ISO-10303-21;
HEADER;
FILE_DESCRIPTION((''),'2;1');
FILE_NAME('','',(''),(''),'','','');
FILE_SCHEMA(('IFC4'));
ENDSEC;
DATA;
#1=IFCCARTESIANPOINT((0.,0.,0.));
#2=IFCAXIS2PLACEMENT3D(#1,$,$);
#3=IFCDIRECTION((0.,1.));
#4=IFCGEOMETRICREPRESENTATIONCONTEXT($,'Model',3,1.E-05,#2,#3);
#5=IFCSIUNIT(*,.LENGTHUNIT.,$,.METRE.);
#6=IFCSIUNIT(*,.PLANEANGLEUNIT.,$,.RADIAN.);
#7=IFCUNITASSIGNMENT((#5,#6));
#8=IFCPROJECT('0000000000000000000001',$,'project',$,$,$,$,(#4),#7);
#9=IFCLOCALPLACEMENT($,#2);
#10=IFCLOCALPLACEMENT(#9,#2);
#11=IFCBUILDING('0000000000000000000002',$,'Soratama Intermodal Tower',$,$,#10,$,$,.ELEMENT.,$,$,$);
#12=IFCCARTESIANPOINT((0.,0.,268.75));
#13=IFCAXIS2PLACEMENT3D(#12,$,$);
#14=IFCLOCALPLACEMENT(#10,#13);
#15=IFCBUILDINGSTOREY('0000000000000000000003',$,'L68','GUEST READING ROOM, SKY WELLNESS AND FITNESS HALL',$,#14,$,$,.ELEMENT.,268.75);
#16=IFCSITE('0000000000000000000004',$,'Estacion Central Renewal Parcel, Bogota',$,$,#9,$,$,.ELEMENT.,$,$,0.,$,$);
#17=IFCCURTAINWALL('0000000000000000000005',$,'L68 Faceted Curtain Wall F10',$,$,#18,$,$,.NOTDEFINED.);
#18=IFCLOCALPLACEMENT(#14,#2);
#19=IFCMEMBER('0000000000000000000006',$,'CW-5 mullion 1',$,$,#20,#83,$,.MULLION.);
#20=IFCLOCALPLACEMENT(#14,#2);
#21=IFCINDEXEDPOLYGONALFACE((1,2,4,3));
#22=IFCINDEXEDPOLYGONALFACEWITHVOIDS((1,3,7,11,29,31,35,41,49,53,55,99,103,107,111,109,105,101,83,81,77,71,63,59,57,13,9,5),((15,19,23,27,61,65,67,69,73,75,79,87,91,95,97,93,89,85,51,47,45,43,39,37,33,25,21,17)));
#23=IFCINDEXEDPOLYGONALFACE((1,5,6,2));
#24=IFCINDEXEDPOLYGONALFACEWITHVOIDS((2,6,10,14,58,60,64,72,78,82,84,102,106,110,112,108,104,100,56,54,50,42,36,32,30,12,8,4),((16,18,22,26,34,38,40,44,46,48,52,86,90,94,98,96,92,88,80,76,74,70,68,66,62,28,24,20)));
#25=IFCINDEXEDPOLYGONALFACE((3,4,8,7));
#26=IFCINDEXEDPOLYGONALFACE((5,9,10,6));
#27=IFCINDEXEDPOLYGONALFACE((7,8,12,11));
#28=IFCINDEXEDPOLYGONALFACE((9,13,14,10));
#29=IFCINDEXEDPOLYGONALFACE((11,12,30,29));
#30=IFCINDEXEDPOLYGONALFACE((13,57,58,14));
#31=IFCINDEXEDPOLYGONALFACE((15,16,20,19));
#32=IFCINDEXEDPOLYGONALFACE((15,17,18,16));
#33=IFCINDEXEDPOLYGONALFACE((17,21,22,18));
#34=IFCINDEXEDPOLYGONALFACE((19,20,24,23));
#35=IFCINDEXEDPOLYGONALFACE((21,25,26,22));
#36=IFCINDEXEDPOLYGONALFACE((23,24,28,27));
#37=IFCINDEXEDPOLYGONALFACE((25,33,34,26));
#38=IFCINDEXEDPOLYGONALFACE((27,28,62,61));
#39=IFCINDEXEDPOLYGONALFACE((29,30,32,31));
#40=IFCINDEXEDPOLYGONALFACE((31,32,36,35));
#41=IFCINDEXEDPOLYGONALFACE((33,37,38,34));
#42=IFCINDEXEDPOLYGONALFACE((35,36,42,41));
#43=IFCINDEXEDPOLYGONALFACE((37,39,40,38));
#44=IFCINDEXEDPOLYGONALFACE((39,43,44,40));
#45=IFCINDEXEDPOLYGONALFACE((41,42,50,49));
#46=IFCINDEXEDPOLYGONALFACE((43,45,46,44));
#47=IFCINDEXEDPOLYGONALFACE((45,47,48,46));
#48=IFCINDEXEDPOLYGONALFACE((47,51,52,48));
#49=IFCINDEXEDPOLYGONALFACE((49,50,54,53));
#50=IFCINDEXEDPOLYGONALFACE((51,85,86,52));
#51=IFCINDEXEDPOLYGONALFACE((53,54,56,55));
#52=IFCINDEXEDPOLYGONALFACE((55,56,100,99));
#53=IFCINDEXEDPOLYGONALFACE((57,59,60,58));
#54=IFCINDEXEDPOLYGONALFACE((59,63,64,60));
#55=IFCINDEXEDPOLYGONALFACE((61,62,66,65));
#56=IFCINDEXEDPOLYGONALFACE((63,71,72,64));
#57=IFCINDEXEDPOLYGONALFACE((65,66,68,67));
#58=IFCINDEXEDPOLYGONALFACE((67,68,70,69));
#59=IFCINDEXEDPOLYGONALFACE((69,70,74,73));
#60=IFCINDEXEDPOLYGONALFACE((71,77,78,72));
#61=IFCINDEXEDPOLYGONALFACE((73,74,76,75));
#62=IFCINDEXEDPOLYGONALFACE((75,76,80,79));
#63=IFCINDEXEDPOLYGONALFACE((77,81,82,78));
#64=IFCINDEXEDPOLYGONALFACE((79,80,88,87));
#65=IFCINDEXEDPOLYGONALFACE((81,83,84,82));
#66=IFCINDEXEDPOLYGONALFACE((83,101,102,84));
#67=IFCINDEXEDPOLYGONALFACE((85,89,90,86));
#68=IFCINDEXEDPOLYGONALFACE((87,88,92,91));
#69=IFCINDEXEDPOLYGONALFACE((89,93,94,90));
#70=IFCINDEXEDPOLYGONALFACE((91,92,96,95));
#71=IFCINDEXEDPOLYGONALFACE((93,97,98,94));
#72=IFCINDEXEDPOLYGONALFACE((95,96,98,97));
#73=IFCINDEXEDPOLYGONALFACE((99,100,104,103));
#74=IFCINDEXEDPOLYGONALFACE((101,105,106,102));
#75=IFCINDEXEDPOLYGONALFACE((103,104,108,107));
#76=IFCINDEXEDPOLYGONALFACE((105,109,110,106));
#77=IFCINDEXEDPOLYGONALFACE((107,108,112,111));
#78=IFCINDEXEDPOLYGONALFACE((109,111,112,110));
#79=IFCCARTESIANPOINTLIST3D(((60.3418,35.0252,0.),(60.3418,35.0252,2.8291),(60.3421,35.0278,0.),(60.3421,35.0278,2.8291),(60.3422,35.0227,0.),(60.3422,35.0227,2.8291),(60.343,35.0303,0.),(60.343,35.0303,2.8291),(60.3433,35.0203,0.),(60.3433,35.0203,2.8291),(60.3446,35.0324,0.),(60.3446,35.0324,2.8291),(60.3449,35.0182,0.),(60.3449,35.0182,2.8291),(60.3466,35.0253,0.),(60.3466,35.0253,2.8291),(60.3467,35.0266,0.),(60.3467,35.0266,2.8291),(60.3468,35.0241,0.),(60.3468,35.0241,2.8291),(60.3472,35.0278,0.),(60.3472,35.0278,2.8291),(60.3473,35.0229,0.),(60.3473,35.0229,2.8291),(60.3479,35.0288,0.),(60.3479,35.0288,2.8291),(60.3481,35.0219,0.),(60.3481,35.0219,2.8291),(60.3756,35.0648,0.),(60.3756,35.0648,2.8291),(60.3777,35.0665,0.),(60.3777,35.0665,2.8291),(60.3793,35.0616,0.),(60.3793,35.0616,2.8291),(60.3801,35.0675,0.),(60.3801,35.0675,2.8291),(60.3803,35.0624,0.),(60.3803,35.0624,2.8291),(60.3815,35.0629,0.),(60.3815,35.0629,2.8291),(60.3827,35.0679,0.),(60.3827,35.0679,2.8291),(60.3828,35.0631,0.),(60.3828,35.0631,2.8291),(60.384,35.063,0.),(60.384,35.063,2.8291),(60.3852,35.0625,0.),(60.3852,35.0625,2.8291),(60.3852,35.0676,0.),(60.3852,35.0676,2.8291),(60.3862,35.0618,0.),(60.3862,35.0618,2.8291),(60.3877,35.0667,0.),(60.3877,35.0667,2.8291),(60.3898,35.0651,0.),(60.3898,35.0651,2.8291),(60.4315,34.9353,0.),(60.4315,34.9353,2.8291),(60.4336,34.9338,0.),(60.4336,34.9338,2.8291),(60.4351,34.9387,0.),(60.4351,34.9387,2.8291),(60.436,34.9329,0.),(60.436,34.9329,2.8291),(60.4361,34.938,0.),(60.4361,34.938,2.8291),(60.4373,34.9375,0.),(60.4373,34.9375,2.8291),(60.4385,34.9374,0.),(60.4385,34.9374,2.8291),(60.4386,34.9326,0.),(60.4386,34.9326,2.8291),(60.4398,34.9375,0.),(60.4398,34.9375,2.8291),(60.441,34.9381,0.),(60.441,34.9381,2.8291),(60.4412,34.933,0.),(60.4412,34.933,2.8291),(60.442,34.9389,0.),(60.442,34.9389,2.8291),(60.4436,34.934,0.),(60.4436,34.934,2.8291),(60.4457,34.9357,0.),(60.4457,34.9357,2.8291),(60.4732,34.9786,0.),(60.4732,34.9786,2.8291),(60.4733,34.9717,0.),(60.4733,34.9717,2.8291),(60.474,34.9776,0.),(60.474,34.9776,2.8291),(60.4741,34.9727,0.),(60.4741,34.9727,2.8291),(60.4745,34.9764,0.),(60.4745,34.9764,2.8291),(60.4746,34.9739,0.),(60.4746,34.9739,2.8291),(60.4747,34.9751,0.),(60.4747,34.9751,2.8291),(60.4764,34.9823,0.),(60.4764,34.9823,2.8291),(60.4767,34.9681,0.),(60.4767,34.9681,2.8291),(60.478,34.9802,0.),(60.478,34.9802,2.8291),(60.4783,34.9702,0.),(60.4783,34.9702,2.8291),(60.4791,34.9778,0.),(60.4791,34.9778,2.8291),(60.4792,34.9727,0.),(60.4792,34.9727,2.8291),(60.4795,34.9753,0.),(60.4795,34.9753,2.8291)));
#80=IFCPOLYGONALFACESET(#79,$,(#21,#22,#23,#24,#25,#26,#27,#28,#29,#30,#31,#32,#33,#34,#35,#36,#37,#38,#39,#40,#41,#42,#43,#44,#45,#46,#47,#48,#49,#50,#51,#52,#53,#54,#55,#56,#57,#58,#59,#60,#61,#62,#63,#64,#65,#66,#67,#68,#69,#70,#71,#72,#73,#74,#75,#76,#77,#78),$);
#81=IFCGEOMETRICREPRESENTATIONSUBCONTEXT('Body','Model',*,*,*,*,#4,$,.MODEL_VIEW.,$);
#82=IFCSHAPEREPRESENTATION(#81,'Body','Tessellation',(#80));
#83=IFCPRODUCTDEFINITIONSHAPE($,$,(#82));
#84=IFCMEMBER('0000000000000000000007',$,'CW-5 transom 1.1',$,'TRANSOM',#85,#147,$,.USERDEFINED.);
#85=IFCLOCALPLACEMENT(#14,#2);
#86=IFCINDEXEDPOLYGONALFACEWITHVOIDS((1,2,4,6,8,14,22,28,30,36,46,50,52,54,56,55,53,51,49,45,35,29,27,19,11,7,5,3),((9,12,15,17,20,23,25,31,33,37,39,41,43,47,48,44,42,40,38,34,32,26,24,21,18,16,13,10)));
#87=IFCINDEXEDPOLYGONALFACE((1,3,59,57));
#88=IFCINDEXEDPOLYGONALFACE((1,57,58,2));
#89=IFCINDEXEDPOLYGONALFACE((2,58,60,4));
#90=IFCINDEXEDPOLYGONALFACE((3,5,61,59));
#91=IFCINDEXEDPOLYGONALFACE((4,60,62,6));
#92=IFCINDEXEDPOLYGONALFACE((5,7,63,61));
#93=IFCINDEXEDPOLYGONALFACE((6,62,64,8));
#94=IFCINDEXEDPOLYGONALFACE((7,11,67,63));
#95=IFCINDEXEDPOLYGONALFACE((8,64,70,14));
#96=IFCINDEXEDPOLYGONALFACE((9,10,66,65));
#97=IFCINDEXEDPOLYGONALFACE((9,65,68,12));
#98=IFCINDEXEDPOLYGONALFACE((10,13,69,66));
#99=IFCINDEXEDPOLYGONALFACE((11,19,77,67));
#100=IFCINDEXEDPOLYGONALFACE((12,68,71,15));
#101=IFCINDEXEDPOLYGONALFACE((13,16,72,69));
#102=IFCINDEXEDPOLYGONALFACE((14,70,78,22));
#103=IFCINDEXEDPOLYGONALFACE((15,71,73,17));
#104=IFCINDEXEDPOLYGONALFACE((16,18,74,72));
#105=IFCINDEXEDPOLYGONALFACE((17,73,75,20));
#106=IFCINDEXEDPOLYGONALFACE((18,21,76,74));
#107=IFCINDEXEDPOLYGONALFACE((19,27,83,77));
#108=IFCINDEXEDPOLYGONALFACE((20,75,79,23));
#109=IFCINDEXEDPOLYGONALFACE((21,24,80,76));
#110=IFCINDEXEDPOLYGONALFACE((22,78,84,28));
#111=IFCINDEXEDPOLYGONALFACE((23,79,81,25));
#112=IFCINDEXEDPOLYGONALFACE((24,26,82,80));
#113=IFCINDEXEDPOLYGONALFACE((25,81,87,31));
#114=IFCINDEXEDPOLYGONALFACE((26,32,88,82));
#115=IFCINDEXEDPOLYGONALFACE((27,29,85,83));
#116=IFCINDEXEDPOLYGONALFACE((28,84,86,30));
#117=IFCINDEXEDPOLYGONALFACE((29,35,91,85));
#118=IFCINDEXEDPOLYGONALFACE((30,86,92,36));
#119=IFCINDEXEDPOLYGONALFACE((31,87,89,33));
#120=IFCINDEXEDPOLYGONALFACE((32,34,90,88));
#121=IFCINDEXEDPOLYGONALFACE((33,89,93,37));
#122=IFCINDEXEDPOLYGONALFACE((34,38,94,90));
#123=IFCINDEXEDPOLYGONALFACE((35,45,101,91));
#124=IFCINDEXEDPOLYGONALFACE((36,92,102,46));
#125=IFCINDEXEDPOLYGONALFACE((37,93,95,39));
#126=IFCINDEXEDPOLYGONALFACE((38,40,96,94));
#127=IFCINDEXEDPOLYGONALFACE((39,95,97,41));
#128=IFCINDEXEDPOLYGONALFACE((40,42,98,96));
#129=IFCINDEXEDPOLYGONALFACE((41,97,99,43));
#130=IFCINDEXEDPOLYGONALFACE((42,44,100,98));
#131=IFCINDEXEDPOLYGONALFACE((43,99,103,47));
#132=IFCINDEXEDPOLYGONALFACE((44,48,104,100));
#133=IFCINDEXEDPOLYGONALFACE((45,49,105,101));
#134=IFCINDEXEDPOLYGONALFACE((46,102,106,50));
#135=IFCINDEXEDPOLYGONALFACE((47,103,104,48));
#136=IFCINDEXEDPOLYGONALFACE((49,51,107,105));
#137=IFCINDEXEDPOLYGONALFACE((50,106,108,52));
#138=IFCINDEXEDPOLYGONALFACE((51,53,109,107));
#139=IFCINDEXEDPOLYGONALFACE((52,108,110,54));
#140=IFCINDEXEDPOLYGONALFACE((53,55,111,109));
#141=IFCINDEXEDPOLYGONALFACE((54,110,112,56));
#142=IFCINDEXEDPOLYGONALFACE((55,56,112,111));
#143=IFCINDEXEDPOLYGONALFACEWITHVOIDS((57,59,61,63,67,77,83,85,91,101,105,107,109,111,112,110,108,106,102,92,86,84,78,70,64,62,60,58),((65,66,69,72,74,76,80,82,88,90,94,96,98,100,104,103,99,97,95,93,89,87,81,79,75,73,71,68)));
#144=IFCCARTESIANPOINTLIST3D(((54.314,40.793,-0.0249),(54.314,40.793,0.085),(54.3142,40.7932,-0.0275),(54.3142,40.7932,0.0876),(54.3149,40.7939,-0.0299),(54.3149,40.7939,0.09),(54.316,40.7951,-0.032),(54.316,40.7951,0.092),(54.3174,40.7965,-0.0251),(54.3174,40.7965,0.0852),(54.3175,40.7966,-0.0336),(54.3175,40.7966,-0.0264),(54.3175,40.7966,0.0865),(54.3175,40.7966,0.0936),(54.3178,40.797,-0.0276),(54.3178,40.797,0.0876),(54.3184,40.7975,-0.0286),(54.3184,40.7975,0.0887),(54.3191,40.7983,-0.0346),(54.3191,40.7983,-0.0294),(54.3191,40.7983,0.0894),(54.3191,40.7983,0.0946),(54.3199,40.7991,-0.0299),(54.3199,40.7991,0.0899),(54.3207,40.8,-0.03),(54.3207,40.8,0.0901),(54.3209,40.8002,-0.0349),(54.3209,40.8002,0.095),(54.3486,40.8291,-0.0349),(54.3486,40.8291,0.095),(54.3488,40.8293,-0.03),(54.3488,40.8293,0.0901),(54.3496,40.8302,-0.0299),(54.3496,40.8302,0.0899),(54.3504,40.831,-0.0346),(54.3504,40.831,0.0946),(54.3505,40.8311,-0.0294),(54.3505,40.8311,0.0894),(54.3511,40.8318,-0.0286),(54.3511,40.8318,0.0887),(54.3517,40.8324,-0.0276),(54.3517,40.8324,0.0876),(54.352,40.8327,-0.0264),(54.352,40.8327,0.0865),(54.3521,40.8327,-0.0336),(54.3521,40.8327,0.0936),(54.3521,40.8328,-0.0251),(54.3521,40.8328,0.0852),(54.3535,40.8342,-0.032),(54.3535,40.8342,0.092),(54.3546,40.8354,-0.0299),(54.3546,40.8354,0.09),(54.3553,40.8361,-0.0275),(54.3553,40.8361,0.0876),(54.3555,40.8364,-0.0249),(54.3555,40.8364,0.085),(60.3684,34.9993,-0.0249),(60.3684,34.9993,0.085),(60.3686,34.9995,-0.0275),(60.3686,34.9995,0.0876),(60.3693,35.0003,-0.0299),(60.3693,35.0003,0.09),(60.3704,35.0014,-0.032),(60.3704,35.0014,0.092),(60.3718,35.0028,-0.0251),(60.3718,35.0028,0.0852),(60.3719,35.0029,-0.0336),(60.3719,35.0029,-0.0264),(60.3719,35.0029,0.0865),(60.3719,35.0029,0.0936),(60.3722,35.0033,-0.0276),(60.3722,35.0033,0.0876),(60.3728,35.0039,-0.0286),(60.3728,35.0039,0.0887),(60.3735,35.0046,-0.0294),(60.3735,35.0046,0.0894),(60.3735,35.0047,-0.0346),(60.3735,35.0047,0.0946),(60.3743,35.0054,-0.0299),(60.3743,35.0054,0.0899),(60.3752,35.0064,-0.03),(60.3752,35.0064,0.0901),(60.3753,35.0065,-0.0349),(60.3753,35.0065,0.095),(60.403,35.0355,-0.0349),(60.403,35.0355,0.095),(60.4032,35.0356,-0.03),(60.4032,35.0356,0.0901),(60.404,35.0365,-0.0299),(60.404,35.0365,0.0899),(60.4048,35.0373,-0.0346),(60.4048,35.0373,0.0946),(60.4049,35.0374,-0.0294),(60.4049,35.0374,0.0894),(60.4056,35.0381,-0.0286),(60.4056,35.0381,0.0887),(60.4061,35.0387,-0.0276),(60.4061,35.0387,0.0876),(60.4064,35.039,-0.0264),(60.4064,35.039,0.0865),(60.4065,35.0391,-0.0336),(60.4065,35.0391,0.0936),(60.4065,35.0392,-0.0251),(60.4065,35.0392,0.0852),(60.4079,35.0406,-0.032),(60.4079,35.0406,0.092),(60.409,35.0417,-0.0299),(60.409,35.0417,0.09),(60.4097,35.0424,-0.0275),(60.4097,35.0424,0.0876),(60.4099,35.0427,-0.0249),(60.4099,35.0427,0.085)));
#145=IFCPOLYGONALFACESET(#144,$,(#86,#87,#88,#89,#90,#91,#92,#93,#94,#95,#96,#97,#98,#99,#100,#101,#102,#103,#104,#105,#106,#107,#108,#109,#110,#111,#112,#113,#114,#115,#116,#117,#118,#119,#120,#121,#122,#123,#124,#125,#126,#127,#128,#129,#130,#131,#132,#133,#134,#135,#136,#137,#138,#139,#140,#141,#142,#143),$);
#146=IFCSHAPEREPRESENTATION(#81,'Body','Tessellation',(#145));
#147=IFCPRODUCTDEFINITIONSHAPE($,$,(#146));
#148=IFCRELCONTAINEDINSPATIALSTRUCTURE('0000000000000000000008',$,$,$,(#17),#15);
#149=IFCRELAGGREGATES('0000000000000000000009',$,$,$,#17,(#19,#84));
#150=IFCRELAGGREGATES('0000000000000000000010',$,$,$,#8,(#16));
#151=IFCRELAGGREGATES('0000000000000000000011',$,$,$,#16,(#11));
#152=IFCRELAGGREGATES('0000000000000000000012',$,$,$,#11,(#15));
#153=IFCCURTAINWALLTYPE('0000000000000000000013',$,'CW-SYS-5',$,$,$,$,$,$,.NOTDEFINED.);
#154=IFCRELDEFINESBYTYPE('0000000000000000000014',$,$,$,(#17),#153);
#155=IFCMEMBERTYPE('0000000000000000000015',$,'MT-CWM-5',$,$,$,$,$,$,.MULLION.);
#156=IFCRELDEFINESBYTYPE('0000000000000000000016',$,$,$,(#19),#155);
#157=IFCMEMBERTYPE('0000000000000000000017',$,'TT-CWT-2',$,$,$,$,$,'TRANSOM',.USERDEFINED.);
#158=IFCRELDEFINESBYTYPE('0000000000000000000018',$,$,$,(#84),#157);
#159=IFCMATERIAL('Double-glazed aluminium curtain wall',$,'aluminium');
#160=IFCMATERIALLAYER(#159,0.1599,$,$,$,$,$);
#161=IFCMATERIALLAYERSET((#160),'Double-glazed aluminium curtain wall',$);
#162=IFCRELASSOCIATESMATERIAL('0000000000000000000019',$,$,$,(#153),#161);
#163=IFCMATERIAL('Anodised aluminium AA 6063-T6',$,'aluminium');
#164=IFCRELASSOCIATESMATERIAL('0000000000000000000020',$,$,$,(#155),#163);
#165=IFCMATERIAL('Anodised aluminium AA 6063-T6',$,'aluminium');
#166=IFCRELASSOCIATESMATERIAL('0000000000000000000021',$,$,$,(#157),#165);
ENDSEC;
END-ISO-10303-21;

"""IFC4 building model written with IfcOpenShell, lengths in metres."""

from ifc_helpers import new_model, si_unit, direction, frame, origin, origin_2d, place, context, subcontext, project, spatial, hollow_rectangle, extrude, material, layer, layer_set, material_profile, profile_set, type_object, element, aggregate, save


model = new_model("IFC4")

# Units and contexts
model_context = context("Model", 3, precision=1e-05, world=origin(), true_north=direction((0.0, 1.0)))
body_context = subcontext(model_context, "Body", "Model", "MODEL_VIEW")
ifc_project = project(units=[si_unit("LENGTHUNIT", "METRE"), si_unit("PLANEANGLEUNIT", "RADIAN")], contexts=[model_context])

# Site, building, storey
site_placement = place(None, origin())
site = spatial("IfcSite", under=ifc_project, at=site_placement, Name="Estacion Central Renewal Parcel, Bogota", CompositionType="ELEMENT", RefElevation=0.0)
building_placement = place(site_placement, origin())
building = spatial("IfcBuilding", under=site, at=building_placement, Name="Soratama Intermodal Tower", CompositionType="ELEMENT")
storey_placement = place(building_placement, frame((0.0, 0.0, 268.75)))
storey = spatial("IfcBuildingStorey", under=building, at=storey_placement, Name="L68", Description="GUEST READING ROOM, SKY WELLNESS AND FITNESS HALL", CompositionType="ELEMENT", Elevation=268.75)

# Curtain wall, members
ifc_material_1 = material(Name="Double-glazed aluminium curtain wall", Category="aluminium")
ifc_layer_1 = layer(ifc_material_1, 0.1599)
ifc_layer_set_1 = layer_set([ifc_layer_1], Name="Double-glazed aluminium curtain wall")
curtain_wall_type = type_object("IfcCurtainWallType", Name="CW-SYS-5", PredefinedType="NOTDEFINED", material=ifc_layer_set_1)
curtain_wall_placement = place(storey_placement, origin())
curtain_wall = element("IfcCurtainWall", 1, at=curtain_wall_placement, inside=storey, type_object=curtain_wall_type, Name="L68 Faceted Curtain Wall F10", PredefinedType="NOTDEFINED")
ifc_material_2 = material(Name="Anodised aluminium AA 6063-T6", Category="aluminium")
ifc_material_profile_1 = material_profile(ifc_material_2, hollow_rectangle(XDim=0.0649, YDim=0.1399, WallThickness=0.0049, InnerFilletRadius=0.0049, OuterFilletRadius=0.01, at=origin_2d()), Name="CWM140X65X5")
ifc_profile_set_1 = profile_set([ifc_material_profile_1], Name="Anodised aluminium AA 6063-T6")
member_type_1 = type_object("IfcMemberType", Name="MT-CWM-5", PredefinedType="MULLION", material=ifc_profile_set_1)
member_1_placement = place(storey_placement, frame((60.4106, 35.0002, 0.0), z_axis=(0.0, 0.0, 1.0), x_axis=(-0.691389, -0.722483, 0.0)))
member_1 = element("IfcMember", 2, at=member_1_placement, type_object=member_type_1, Name="CW-5 mullion 1", PredefinedType="MULLION", context=body_context, shape_type="SweptSolid", body=[
    extrude(hollow_rectangle(XDim=0.0649, YDim=0.1399, WallThickness=0.0049, InnerFilletRadius=0.0049, OuterFilletRadius=0.01, at=origin_2d()), origin(), (0.0, 0.0, 1.0), 2.8291),
])
ifc_material_3 = material(Name="Anodised aluminium AA 6063-T6", Category="aluminium")
ifc_material_profile_2 = material_profile(ifc_material_3, hollow_rectangle(XDim=0.0601, YDim=0.1299, WallThickness=0.0049, InnerFilletRadius=0.0049, OuterFilletRadius=0.01, at=origin_2d()), Name="CWT130X60X5")
ifc_profile_set_2 = profile_set([ifc_material_profile_2], Name="Anodised aluminium AA 6063-T6")
member_type_2 = type_object("IfcMemberType", Name="TT-CWT-2", ElementType="TRANSOM", PredefinedType="USERDEFINED", material=ifc_profile_set_2)
member_2_placement = place(storey_placement, frame((60.3892, 35.021, 0.03), z_axis=(-0.722493, 0.691378, 0.0), x_axis=(-0.691378, -0.722493, 0.0)))
member_2 = element("IfcMember", 3, at=member_2_placement, type_object=member_type_2, Name="CW-5 transom 1.1", ObjectType="TRANSOM", PredefinedType="USERDEFINED", context=body_context, shape_type="SweptSolid", body=[
    extrude(hollow_rectangle(XDim=0.0601, YDim=0.1299, WallThickness=0.0049, InnerFilletRadius=0.0049, OuterFilletRadius=0.01, at=origin_2d()), origin(), (0.0, 0.0, 1.0), 8.3799),
])
aggregate(curtain_wall, [member_1, member_2])

save(model, "model.ifc")
